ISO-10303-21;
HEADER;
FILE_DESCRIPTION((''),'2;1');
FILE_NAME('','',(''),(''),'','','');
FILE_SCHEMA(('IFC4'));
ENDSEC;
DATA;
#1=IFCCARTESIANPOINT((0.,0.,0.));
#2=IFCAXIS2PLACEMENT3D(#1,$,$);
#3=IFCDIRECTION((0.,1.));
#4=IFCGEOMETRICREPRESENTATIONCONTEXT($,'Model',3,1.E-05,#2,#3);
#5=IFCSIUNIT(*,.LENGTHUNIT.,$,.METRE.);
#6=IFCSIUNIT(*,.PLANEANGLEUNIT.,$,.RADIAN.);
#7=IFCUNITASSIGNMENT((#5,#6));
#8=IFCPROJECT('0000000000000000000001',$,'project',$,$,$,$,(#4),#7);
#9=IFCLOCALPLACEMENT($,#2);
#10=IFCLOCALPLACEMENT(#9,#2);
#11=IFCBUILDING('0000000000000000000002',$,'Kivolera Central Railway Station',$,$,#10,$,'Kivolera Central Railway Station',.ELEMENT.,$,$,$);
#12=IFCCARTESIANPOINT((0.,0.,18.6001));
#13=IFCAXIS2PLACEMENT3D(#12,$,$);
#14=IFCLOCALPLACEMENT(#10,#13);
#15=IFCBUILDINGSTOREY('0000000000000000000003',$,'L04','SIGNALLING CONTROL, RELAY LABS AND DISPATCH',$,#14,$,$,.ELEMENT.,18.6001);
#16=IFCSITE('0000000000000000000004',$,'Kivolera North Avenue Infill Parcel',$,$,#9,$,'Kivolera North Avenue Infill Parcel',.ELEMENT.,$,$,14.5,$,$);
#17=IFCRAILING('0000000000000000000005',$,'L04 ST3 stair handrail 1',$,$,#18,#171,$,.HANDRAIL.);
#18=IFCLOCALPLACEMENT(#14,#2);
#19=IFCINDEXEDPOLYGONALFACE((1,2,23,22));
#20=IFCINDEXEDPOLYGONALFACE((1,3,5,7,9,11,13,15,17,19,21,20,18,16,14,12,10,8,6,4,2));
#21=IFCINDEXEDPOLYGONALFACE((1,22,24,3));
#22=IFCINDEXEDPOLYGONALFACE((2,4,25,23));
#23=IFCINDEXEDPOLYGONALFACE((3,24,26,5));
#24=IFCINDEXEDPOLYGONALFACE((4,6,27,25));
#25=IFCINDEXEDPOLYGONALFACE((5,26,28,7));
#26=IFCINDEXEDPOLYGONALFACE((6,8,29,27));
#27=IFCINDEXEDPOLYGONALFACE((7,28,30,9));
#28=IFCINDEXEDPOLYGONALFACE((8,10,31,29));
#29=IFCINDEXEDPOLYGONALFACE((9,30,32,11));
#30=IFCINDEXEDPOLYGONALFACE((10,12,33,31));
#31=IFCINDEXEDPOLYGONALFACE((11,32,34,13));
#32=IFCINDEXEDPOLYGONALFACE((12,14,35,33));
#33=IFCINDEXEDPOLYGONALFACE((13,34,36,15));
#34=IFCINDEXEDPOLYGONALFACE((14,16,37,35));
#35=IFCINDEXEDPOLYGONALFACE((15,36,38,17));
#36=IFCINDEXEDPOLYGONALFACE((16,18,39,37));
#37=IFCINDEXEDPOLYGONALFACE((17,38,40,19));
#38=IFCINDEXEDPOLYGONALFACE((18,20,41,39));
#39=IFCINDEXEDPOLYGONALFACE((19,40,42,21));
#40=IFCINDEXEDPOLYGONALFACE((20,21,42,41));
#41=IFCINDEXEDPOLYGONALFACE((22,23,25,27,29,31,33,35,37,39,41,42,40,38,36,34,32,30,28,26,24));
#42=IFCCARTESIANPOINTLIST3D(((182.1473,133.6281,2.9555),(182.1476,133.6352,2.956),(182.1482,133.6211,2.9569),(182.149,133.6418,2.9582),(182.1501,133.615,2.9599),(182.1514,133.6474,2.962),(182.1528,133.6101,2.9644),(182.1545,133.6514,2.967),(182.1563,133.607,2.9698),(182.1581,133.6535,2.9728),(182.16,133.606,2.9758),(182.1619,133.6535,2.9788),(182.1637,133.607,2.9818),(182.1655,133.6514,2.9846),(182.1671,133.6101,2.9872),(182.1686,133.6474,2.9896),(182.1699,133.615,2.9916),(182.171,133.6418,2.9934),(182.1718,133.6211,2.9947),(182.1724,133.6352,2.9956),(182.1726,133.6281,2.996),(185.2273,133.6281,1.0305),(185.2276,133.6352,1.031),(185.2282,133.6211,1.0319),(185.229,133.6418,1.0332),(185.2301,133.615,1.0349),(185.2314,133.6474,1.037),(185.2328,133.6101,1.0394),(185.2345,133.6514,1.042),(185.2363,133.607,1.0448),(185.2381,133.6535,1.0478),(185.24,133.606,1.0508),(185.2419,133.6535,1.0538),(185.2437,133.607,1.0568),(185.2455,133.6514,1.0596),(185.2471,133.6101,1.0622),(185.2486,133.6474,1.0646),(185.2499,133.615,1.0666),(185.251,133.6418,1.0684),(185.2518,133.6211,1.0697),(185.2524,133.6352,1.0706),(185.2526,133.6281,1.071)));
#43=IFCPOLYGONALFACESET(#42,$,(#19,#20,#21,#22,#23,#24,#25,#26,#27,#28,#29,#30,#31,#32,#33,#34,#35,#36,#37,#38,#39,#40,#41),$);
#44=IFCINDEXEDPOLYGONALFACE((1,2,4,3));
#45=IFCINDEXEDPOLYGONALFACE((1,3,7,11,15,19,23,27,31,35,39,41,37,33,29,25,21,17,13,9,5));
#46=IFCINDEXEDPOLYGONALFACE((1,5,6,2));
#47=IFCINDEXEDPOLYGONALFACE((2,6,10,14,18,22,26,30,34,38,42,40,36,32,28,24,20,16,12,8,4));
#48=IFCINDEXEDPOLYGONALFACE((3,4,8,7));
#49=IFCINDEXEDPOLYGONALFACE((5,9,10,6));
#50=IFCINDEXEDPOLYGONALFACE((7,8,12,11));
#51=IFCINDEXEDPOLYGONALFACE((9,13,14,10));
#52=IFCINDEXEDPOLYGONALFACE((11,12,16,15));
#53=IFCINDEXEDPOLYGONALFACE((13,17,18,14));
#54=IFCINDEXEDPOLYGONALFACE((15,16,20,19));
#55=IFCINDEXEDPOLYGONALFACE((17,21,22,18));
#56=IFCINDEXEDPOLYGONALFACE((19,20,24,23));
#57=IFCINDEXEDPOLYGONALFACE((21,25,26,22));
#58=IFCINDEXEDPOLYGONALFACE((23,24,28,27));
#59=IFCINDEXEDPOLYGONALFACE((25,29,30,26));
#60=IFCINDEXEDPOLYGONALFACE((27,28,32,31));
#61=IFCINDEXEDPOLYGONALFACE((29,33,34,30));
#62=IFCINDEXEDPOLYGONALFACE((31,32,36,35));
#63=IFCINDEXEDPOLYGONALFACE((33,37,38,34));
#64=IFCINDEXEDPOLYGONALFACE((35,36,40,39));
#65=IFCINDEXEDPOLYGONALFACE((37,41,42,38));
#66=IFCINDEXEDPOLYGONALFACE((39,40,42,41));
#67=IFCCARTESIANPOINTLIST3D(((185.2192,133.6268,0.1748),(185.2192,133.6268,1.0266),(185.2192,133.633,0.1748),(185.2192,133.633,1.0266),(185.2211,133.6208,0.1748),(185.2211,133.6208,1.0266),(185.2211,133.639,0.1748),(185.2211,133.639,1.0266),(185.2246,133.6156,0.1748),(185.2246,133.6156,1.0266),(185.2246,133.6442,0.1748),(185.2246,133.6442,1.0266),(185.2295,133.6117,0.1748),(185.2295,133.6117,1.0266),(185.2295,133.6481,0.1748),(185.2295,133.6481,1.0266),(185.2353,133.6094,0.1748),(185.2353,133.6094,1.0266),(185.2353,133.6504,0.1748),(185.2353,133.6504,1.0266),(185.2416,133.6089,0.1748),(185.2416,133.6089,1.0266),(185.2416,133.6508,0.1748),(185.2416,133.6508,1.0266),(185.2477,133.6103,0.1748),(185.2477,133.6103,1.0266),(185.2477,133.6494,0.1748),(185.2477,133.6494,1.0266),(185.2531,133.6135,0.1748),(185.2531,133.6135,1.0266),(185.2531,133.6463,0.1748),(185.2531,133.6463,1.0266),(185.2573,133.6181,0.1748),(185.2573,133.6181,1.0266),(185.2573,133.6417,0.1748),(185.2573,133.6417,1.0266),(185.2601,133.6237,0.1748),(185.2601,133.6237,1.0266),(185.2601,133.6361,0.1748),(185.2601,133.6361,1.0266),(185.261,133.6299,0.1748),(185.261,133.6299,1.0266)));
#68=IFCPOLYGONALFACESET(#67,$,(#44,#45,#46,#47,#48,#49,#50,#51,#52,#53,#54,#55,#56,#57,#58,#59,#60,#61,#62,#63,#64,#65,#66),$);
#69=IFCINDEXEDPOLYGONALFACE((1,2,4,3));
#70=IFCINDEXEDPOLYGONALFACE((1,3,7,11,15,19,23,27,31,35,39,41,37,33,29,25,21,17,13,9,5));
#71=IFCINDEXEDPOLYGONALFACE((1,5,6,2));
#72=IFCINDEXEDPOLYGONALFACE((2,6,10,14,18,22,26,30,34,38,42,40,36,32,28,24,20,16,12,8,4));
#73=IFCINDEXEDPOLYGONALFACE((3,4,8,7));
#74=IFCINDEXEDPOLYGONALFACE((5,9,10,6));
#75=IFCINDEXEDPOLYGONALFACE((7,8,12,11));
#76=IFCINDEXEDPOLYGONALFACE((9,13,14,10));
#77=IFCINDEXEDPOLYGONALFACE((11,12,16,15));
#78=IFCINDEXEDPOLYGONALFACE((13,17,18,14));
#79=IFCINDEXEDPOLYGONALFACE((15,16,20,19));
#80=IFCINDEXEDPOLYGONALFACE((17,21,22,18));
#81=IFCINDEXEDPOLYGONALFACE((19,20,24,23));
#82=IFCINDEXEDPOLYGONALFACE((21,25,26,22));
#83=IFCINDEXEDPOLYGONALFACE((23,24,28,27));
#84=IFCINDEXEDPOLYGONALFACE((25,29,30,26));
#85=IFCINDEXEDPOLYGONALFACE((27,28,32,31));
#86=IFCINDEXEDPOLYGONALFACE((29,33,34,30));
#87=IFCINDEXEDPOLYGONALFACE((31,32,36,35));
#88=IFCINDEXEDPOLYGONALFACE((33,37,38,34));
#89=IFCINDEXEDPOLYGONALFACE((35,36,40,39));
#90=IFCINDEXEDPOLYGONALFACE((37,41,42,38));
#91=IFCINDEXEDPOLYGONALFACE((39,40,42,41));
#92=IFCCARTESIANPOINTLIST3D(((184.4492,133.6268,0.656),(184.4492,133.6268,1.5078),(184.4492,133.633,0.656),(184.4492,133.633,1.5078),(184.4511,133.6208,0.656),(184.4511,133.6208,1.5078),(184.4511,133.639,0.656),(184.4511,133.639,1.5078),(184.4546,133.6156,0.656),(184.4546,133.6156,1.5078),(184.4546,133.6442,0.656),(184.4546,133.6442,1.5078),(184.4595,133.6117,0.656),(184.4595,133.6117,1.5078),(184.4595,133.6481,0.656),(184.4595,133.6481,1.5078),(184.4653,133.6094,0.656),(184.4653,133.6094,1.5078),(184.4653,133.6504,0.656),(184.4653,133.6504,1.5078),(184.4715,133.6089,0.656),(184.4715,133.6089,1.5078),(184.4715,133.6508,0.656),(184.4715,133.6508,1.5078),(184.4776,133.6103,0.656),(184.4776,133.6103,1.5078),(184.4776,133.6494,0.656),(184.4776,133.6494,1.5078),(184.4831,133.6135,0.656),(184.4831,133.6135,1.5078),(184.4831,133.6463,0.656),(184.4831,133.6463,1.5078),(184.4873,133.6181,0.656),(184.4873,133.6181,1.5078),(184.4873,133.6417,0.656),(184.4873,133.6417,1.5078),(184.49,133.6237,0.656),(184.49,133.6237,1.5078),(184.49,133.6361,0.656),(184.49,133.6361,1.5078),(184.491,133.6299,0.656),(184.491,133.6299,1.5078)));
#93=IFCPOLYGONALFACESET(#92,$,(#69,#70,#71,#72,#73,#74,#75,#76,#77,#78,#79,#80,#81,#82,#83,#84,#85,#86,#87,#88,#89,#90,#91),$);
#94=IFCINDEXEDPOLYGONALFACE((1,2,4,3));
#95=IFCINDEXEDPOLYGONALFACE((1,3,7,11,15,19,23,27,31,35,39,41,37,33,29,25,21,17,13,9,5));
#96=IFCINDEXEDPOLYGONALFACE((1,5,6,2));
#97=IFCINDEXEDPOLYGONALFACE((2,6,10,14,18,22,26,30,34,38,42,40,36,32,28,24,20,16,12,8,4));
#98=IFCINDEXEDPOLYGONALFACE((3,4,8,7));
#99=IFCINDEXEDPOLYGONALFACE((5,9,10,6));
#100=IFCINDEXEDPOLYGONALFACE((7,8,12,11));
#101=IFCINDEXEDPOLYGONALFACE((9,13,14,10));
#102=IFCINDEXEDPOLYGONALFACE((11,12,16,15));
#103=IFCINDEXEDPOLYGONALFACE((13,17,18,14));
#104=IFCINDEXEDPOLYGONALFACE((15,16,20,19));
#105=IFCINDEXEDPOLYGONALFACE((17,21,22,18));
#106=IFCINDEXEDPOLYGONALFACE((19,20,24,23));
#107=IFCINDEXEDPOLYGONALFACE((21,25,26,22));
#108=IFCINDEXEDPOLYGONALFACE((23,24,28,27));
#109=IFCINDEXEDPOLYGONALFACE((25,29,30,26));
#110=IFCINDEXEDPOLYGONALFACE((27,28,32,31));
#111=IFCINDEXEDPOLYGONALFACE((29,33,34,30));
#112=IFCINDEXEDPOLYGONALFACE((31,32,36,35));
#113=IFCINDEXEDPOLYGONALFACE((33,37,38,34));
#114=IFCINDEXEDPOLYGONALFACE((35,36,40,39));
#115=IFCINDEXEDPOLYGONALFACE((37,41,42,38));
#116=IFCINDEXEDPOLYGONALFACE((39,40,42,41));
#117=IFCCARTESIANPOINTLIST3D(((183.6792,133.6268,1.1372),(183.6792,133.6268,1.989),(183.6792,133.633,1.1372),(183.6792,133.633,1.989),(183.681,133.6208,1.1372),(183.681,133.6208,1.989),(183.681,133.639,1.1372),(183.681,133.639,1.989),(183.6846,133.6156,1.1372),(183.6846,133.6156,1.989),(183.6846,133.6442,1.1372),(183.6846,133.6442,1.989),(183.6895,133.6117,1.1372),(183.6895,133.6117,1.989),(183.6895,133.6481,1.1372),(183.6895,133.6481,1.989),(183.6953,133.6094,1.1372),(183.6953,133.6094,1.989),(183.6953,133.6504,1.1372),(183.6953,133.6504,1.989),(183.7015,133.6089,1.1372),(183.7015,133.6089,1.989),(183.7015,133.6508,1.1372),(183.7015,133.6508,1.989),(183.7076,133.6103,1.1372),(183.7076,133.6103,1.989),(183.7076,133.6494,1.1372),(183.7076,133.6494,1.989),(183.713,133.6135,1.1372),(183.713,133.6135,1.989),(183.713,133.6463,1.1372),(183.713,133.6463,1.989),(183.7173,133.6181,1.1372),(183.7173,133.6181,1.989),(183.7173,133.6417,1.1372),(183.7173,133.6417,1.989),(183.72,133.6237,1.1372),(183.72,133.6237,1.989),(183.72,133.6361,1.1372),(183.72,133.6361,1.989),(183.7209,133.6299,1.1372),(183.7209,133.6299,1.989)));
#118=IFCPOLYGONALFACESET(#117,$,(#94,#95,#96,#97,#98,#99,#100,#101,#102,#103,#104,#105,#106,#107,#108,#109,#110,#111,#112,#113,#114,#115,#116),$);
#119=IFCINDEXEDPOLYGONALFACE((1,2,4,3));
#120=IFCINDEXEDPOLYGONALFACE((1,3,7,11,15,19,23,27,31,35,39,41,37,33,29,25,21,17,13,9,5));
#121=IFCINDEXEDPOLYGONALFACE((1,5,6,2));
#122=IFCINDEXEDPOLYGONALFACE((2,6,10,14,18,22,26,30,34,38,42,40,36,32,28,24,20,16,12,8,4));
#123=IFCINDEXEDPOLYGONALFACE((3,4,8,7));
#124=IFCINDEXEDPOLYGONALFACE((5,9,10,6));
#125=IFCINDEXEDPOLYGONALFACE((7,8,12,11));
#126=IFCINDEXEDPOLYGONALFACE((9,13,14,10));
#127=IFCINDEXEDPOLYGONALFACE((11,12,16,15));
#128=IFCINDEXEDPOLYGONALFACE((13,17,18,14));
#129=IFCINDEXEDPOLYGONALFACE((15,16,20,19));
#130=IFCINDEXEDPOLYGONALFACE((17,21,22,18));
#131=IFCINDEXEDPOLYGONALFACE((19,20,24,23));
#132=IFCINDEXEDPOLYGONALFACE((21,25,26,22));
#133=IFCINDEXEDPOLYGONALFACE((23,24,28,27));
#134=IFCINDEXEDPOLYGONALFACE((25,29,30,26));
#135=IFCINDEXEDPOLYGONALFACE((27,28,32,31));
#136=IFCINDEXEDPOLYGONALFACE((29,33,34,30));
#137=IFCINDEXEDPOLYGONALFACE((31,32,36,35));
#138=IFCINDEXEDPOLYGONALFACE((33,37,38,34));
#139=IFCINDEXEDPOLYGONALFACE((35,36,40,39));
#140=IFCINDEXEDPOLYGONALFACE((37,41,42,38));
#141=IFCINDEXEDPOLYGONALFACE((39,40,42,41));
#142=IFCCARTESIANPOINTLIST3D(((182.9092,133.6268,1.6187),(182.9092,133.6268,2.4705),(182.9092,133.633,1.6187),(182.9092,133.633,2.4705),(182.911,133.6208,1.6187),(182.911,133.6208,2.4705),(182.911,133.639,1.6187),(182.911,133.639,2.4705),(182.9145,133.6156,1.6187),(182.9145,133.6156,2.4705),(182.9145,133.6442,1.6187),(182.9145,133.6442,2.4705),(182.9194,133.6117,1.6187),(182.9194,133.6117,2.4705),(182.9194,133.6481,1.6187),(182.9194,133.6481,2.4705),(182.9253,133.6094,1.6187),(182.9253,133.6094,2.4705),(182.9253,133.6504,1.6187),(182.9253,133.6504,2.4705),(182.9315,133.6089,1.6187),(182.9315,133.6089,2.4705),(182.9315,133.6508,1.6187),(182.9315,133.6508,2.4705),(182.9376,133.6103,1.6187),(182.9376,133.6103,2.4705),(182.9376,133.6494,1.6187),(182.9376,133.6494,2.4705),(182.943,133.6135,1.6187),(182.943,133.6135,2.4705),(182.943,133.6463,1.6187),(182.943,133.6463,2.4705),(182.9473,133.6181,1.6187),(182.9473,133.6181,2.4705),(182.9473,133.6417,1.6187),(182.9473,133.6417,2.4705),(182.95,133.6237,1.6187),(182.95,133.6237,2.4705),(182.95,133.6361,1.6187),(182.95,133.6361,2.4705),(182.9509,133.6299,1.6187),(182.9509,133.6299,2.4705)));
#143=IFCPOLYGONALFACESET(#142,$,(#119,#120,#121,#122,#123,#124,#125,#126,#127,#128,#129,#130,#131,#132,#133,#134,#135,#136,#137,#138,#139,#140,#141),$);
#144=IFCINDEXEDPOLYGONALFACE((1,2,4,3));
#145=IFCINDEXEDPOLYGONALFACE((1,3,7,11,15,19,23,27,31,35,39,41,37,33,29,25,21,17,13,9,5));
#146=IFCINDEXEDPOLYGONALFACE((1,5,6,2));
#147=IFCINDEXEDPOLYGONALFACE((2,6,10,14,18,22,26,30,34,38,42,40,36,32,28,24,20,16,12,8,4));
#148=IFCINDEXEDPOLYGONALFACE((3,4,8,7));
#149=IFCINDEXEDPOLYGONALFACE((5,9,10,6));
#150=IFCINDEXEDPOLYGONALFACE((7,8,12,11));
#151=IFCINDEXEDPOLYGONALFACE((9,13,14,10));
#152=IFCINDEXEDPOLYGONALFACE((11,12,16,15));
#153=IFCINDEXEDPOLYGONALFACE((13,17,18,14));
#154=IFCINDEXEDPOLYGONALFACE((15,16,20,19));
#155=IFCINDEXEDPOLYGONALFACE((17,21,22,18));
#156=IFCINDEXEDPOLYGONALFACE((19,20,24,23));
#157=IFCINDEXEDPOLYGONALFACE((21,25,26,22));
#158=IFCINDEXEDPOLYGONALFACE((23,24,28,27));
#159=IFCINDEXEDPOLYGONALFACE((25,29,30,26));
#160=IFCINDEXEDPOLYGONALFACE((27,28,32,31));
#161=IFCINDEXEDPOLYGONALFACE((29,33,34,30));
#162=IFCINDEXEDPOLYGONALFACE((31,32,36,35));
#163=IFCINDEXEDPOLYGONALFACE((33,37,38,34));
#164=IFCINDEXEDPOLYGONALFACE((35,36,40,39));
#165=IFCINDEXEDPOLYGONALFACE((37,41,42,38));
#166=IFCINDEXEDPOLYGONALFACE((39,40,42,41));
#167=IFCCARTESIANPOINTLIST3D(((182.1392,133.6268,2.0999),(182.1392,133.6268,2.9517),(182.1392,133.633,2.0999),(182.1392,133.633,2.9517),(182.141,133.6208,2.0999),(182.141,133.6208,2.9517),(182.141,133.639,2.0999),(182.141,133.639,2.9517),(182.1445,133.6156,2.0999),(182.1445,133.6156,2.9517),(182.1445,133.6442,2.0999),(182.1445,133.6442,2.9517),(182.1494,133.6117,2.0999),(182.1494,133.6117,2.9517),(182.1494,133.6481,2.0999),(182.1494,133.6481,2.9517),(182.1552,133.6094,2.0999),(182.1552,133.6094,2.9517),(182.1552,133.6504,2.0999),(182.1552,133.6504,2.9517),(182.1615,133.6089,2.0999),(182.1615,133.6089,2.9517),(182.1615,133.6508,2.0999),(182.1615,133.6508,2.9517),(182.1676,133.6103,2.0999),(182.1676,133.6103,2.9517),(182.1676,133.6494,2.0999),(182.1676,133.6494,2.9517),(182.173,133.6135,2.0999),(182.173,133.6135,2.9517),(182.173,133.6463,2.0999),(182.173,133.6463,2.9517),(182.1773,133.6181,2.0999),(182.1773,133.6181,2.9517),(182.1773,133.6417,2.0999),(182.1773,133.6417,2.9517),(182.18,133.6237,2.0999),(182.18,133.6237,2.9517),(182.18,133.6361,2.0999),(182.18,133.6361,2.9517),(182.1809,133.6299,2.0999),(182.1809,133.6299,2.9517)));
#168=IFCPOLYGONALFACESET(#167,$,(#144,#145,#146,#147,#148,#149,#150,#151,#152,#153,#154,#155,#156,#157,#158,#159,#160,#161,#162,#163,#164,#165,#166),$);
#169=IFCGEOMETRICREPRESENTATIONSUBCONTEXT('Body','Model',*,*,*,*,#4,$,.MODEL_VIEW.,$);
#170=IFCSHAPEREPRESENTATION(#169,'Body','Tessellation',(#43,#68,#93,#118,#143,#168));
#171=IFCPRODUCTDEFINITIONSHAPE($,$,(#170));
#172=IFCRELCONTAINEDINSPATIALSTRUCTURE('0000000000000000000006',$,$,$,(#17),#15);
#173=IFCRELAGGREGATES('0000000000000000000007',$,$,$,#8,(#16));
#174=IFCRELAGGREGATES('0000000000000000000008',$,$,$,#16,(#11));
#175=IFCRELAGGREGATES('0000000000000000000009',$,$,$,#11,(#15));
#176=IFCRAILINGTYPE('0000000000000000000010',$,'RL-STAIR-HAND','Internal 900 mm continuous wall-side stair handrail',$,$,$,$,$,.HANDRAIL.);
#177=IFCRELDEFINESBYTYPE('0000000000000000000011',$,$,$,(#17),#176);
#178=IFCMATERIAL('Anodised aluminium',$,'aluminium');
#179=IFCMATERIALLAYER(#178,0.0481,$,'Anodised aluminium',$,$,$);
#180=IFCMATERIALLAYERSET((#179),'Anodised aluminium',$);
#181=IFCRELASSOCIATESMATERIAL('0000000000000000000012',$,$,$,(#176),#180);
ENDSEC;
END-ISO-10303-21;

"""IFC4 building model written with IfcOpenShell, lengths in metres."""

from ifc_helpers import new_model, si_unit, direction, frame, origin, origin_2d, place, context, subcontext, project, spatial, circle, extrude, material, layer, layer_set, type_object, element, save


model = new_model("IFC4")

# Units and contexts
model_context = context("Model", 3, precision=1e-05, world=origin(), true_north=direction((0.0, 1.0)))
body_context = subcontext(model_context, "Body", "Model", "MODEL_VIEW")
ifc_project = project(units=[si_unit("LENGTHUNIT", "METRE"), si_unit("PLANEANGLEUNIT", "RADIAN")], contexts=[model_context])

# Site, building, storey
site_placement = place(None, origin())
site = spatial("IfcSite", under=ifc_project, at=site_placement, Name="Kivolera North Avenue Infill Parcel", LongName="Kivolera North Avenue Infill Parcel", CompositionType="ELEMENT", RefElevation=14.5)
building_placement = place(site_placement, origin())
building = spatial("IfcBuilding", under=site, at=building_placement, Name="Kivolera Central Railway Station", LongName="Kivolera Central Railway Station", CompositionType="ELEMENT")
storey_placement = place(building_placement, frame((0.0, 0.0, 18.6001)))
storey = spatial("IfcBuildingStorey", under=building, at=storey_placement, Name="L04", Description="SIGNALLING CONTROL, RELAY LABS AND DISPATCH", CompositionType="ELEMENT", Elevation=18.6001)

# Shared definitions
ifc_material_1 = material(Name="Anodised aluminium", Category="aluminium")

# Railing
ifc_layer_1 = layer(ifc_material_1, 0.0481, Name="Anodised aluminium")
ifc_layer_set_1 = layer_set([ifc_layer_1], Name="Anodised aluminium")
railing_type_1 = type_object("IfcRailingType", Name="RL-STAIR-HAND", Description="Internal 900 mm continuous wall-side stair handrail", PredefinedType="HANDRAIL", material=ifc_layer_set_1)
railing_1_placement = place(storey_placement, frame((185.24, 133.6299, 0.1748)))
element("IfcRailing", 1, at=railing_1_placement, inside=storey, type_object=railing_type_1, Name="L04 ST3 stair handrail 1", PredefinedType="HANDRAIL", context=body_context, shape_type="SweptSolid", body=[
    extrude(circle(Radius=0.0239, at=origin_2d()), frame((0.0, 0.0, 0.876), z_axis=(-0.847998, 0.0, 0.529999), x_axis=(0.0, -1.0, 0.0)), (0.0, 0.0, 1.0), 3.6321),
    extrude(circle(Radius=0.021, at=origin_2d()), origin(), (0.0, 0.0, 1.0), 0.8518),
    extrude(circle(Radius=0.021, at=origin_2d()), frame((-0.77, 0.0, 0.4812)), (0.0, 0.0, 1.0), 0.8518),
    extrude(circle(Radius=0.021, at=origin_2d()), frame((-1.54, 0.0, 0.9624)), (0.0, 0.0, 1.0), 0.8518),
    extrude(circle(Radius=0.021, at=origin_2d()), frame((-2.3101, 0.0, 1.4438)), (0.0, 0.0, 1.0), 0.8518),
    extrude(circle(Radius=0.021, at=origin_2d()), frame((-3.0801, 0.0, 1.925)), (0.0, 0.0, 1.0), 0.8518),
])

save(model, "model.ifc")
